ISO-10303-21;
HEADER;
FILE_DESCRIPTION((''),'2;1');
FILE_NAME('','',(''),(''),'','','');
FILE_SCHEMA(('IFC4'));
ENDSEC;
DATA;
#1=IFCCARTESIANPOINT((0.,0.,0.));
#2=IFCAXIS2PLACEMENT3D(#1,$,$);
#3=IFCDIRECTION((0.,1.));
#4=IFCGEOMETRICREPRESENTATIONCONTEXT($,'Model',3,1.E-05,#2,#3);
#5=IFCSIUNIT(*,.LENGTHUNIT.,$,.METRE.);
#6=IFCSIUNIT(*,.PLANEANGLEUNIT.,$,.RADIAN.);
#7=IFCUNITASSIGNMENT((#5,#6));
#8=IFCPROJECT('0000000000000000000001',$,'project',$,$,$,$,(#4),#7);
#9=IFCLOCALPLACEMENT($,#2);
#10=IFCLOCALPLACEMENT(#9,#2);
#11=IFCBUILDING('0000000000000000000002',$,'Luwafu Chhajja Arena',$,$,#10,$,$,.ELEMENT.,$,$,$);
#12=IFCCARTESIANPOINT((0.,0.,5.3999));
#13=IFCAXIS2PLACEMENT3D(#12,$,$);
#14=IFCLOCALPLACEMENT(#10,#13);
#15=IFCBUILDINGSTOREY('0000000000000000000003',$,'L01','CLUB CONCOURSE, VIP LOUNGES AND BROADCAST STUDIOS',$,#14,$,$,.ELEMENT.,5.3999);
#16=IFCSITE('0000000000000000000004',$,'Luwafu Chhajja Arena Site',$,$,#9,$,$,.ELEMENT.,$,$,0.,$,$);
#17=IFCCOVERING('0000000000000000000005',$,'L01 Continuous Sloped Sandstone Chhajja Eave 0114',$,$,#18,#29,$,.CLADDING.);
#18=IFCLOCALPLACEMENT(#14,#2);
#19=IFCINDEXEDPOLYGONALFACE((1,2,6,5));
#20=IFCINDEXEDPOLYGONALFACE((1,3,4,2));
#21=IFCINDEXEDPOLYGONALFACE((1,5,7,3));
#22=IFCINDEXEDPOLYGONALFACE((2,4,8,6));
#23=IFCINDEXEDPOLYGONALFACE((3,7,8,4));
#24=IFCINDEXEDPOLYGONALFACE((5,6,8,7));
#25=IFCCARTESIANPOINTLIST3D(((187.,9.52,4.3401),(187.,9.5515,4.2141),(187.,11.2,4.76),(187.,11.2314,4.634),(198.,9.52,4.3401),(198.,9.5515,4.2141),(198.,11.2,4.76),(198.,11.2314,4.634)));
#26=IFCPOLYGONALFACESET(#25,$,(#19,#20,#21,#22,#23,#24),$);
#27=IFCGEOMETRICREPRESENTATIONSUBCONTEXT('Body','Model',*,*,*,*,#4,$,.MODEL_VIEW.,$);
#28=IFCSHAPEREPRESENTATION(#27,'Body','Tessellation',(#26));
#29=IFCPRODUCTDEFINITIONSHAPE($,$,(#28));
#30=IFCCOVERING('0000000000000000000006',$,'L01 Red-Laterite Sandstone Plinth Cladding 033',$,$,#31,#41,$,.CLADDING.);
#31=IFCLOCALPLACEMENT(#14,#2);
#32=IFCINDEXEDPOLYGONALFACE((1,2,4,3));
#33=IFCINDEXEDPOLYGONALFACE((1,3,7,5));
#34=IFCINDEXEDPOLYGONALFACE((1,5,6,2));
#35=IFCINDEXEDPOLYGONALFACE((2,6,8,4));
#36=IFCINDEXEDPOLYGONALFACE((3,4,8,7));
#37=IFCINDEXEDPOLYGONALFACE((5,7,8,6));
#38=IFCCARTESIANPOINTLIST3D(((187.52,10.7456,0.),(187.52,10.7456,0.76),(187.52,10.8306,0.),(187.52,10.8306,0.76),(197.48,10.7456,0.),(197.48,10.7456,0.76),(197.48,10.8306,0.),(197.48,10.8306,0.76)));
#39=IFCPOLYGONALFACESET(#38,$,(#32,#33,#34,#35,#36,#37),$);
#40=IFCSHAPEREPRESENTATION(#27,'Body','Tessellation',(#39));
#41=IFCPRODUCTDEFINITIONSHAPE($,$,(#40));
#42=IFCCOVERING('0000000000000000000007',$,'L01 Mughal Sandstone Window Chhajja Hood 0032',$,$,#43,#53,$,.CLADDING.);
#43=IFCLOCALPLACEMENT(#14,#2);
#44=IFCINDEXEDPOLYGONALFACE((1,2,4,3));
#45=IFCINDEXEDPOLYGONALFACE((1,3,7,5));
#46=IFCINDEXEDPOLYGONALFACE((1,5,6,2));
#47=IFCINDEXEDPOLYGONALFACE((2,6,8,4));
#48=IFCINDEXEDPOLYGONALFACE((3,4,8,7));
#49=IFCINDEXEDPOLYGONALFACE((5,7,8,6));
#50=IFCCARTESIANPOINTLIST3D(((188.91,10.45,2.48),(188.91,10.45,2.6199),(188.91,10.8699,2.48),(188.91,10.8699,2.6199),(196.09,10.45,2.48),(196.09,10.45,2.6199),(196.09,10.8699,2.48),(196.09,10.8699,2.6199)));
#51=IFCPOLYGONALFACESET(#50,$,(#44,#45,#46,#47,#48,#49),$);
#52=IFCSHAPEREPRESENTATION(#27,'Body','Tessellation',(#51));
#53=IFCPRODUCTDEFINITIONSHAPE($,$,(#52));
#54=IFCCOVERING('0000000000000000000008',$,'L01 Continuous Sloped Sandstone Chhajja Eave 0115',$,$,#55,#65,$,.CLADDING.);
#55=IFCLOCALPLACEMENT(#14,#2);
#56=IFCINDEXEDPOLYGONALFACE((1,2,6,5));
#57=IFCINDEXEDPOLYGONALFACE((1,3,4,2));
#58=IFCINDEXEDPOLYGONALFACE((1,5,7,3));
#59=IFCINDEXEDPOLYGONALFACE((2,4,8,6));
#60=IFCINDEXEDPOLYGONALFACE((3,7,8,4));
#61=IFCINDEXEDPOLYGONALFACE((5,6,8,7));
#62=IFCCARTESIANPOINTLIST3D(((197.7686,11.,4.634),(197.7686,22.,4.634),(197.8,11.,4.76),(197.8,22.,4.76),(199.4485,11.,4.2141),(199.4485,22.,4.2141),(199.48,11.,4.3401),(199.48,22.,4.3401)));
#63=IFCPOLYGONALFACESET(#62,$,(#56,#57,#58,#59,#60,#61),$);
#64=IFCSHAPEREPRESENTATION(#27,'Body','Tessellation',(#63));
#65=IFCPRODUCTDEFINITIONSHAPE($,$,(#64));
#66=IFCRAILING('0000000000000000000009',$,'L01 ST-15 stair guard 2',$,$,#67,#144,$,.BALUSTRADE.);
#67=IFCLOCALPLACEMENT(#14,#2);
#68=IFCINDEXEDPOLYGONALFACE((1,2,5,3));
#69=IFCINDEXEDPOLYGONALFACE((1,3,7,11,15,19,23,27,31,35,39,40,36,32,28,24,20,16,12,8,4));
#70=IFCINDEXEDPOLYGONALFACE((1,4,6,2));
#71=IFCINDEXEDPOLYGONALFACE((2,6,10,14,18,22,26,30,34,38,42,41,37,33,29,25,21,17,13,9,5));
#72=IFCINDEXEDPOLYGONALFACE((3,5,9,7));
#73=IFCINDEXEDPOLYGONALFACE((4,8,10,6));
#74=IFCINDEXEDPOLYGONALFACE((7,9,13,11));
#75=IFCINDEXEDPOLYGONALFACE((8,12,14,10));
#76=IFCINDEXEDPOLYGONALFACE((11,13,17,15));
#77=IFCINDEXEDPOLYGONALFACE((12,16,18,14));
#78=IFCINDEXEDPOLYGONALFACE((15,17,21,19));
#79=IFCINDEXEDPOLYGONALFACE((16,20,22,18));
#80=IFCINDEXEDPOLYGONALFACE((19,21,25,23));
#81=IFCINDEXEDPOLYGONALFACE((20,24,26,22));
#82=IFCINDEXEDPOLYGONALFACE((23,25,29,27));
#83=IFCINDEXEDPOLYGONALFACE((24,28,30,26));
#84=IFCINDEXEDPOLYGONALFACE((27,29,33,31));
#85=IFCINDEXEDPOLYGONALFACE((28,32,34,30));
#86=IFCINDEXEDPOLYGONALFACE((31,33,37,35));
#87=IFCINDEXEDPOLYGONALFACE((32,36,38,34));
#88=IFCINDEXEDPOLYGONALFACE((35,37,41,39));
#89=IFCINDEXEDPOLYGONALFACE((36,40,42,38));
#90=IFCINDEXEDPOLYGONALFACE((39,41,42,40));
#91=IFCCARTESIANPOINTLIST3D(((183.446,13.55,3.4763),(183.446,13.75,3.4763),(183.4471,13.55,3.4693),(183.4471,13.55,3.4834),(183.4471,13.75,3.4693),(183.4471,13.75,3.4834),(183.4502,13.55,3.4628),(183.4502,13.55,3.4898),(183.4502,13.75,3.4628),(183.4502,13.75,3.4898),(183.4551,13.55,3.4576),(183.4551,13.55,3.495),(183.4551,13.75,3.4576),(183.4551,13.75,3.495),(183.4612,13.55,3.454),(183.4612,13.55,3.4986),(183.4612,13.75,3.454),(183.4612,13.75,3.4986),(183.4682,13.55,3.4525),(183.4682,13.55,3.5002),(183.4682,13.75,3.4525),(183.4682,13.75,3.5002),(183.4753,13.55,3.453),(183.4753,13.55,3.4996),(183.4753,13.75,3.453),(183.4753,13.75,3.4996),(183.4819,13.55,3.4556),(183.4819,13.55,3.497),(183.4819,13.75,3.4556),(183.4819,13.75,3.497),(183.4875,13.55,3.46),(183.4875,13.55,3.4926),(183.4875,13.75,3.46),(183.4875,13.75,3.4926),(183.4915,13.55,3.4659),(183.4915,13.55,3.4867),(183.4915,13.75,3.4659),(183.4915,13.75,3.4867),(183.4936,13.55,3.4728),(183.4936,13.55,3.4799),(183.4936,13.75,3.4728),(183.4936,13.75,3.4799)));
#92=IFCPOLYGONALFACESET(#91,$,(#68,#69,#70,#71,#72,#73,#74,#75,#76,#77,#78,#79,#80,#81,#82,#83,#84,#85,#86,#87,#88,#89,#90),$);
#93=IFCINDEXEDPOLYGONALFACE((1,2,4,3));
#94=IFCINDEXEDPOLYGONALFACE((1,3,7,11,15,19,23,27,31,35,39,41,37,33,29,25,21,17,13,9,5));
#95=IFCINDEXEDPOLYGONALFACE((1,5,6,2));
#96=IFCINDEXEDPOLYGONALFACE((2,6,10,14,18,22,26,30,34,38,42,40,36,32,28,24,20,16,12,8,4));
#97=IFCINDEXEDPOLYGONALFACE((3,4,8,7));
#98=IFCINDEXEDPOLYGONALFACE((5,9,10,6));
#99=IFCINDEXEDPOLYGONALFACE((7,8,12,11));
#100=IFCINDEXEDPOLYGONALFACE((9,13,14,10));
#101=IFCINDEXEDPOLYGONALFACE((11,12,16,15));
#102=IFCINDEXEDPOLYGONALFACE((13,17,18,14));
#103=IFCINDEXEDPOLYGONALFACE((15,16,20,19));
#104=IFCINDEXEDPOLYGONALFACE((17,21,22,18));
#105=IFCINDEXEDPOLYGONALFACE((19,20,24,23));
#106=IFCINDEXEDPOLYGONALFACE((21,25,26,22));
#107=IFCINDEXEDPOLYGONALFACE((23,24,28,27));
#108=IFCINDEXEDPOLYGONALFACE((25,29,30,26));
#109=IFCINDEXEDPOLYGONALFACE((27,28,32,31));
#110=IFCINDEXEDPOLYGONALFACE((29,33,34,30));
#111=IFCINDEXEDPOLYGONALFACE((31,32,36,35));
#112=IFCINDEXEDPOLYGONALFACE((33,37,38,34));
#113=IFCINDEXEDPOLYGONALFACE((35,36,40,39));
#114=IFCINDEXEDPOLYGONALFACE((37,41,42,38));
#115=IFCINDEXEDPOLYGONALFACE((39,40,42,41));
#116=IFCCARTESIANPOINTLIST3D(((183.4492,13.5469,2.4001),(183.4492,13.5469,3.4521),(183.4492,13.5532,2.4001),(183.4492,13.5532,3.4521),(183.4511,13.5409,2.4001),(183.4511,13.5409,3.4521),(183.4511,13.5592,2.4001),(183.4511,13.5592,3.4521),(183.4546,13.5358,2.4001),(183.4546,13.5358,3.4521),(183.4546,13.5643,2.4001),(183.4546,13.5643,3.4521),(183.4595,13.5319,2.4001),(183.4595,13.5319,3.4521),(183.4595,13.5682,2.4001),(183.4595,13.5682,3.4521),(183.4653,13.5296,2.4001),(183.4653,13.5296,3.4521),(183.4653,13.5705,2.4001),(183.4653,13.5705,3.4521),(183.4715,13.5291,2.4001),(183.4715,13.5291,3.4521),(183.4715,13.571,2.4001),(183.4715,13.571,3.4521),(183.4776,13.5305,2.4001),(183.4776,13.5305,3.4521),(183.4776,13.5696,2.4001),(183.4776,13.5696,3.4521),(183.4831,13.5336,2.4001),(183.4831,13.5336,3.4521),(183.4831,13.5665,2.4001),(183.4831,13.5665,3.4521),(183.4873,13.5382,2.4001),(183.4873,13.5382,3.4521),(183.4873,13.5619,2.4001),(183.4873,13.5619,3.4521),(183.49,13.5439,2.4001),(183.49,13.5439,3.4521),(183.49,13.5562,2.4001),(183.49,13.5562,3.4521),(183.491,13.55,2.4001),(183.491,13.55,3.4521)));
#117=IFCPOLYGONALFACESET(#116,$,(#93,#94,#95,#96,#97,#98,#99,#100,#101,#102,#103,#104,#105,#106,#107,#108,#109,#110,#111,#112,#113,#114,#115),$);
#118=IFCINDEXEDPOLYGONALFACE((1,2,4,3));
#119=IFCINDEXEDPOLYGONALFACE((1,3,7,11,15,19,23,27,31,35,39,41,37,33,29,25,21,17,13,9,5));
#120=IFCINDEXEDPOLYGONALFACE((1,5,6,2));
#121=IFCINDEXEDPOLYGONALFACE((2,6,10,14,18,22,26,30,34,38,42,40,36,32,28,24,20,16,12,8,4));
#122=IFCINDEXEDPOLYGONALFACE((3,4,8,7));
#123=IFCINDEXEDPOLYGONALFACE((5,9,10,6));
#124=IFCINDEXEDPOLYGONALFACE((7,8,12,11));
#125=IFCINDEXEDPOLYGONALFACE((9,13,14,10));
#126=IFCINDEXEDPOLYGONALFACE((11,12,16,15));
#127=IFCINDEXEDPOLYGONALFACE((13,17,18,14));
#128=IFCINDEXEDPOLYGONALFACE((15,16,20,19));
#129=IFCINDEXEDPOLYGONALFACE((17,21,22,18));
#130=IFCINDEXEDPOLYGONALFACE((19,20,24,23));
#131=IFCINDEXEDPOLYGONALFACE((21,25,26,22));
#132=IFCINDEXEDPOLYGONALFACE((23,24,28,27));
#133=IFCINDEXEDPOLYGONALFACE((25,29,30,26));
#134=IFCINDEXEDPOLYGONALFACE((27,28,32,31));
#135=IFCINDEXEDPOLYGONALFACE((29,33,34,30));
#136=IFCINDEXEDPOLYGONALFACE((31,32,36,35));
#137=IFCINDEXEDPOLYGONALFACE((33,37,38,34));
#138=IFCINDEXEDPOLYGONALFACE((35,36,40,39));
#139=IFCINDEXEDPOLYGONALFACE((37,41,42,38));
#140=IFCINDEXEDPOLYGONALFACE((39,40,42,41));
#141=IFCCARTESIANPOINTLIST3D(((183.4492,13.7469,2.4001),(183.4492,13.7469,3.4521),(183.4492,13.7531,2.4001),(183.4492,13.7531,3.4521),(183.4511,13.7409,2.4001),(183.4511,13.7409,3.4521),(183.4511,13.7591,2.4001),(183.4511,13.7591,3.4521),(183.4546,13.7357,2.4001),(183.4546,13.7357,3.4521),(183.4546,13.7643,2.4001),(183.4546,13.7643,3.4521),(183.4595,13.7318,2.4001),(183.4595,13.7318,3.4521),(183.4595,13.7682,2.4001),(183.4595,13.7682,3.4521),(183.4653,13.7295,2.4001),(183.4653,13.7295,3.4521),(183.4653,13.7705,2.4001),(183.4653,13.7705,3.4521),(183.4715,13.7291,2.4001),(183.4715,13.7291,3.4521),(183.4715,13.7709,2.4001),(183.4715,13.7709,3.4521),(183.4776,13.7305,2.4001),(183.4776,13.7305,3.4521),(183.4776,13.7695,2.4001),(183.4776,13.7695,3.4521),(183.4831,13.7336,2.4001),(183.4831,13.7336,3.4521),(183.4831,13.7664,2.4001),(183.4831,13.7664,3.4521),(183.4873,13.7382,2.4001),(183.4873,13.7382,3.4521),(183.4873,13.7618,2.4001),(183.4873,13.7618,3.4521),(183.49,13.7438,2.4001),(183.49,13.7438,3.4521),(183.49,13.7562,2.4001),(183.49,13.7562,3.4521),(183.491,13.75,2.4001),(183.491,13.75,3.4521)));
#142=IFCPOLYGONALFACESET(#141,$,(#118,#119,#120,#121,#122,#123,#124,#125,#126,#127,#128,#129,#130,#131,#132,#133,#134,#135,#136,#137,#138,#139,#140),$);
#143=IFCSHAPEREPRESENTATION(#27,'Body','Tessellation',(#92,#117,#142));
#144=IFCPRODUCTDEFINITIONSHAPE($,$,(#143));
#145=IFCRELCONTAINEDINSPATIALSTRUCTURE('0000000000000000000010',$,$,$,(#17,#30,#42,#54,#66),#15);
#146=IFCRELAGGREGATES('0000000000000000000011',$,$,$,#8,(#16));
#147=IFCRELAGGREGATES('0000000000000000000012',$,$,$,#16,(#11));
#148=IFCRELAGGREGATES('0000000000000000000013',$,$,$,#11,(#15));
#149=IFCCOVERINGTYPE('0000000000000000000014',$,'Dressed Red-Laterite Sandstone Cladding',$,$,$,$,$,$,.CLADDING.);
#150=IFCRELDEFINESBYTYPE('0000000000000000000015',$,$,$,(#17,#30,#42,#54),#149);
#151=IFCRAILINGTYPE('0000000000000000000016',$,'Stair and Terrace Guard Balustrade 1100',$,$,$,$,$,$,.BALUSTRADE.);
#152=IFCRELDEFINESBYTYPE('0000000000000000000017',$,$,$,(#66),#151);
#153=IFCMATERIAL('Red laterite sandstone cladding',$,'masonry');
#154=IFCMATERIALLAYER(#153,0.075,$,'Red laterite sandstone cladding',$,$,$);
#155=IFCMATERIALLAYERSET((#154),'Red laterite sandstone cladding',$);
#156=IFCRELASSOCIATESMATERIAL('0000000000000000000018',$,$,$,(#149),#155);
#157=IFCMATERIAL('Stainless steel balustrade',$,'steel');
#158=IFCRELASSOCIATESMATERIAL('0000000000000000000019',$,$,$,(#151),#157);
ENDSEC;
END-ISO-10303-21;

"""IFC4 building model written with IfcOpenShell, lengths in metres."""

from ifc_helpers import new_model, si_unit, direction, frame, origin, origin_2d, place, context, subcontext, project, spatial, polyline, rectangle, circle, outline, extrude, material, layer, layer_set, type_object, element, save


model = new_model("IFC4")

# Units and contexts
model_context = context("Model", 3, precision=1e-05, world=origin(), true_north=direction((0.0, 1.0)))
body_context = subcontext(model_context, "Body", "Model", "MODEL_VIEW")
ifc_project = project(units=[si_unit("LENGTHUNIT", "METRE"), si_unit("PLANEANGLEUNIT", "RADIAN")], contexts=[model_context])

# Site, building, storey
site_placement = place(None, origin())
site = spatial("IfcSite", under=ifc_project, at=site_placement, Name="Luwafu Chhajja Arena Site", CompositionType="ELEMENT", RefElevation=0.0)
building_placement = place(site_placement, origin())
building = spatial("IfcBuilding", under=site, at=building_placement, Name="Luwafu Chhajja Arena", CompositionType="ELEMENT")
storey_placement = place(building_placement, frame((0.0, 0.0, 5.3999)))
storey = spatial("IfcBuildingStorey", under=building, at=storey_placement, Name="L01", Description="CLUB CONCOURSE, VIP LOUNGES AND BROADCAST STUDIOS", CompositionType="ELEMENT", Elevation=5.3999)

# Coverings
ifc_material_1 = material(Name="Red laterite sandstone cladding", Category="masonry")
ifc_layer_1 = layer(ifc_material_1, 0.075, Name="Red laterite sandstone cladding")
ifc_layer_set_1 = layer_set([ifc_layer_1], Name="Red laterite sandstone cladding")
covering_type = type_object("IfcCoveringType", Name="Dressed Red-Laterite Sandstone Cladding", PredefinedType="CLADDING", material=ifc_layer_set_1)
covering_1_placement = place(storey_placement, frame((187.0, 11.2, 4.76), z_axis=(0.0, -0.242502, 0.970151), x_axis=(1.0, 0.0, 0.0)))
element("IfcCovering", 1, at=covering_1_placement, inside=storey, type_object=covering_type, Name="L01 Continuous Sloped Sandstone Chhajja Eave 0114", PredefinedType="CLADDING", context=body_context, shape_type="SweptSolid", body=[
    extrude(outline(polyline([(0.0, 0.0), (11.0, 0.0), (11.0, -1.7316), (0.0, -1.7316), (0.0, 0.0)])), origin(), (0.0, 0.0, -1.0), 0.1299),
])
covering_2_placement = place(storey_placement, frame((192.5, 10.7881, 0.0), z_axis=(0.0, 0.0, 1.0), x_axis=(1.0, 0.0, 0.0)))
element("IfcCovering", 2, at=covering_2_placement, inside=storey, type_object=covering_type, Name="L01 Red-Laterite Sandstone Plinth Cladding 033", PredefinedType="CLADDING", context=body_context, shape_type="SweptSolid", body=[
    extrude(rectangle(XDim=9.96, YDim=0.085, at=origin_2d()), origin(), (0.0, 0.0, 1.0), 0.76),
])
covering_3_placement = place(storey_placement, frame((192.5, 10.6599, 2.48), z_axis=(0.0, 0.0, 1.0), x_axis=(1.0, 0.0, 0.0)))
element("IfcCovering", 3, at=covering_3_placement, inside=storey, type_object=covering_type, Name="L01 Mughal Sandstone Window Chhajja Hood 0032", PredefinedType="CLADDING", context=body_context, shape_type="SweptSolid", body=[
    extrude(rectangle(XDim=7.1799, YDim=0.4199, at=origin_2d()), origin(), (0.0, 0.0, 1.0), 0.1399),
])
covering_4_placement = place(storey_placement, frame((197.8, 11.0, 4.76), z_axis=(0.242502, 0.0, 0.970151), x_axis=(0.0, 1.0, 0.0)))
element("IfcCovering", 4, at=covering_4_placement, inside=storey, type_object=covering_type, Name="L01 Continuous Sloped Sandstone Chhajja Eave 0115", PredefinedType="CLADDING", context=body_context, shape_type="SweptSolid", body=[
    extrude(outline(polyline([(0.0, 0.0), (11.0, 0.0), (11.0, -1.7316), (0.0, -1.7316), (0.0, 0.0)])), origin(), (0.0, 0.0, -1.0), 0.1299),
])

# Railing
ifc_material_2 = material(Name="Stainless steel balustrade", Category="steel")
railing_type = type_object("IfcRailingType", Name="Stair and Terrace Guard Balustrade 1100", PredefinedType="BALUSTRADE", material=ifc_material_2)
railing_1_placement = place(storey_placement, frame((183.47, 13.55, 2.4001)))
element("IfcRailing", 5, at=railing_1_placement, inside=storey, type_object=railing_type, Name="L01 ST-15 stair guard 2", PredefinedType="BALUSTRADE", context=body_context, shape_type="SweptSolid", body=[
    extrude(circle(Radius=0.0239, at=origin_2d()), frame((0.0, 0.0, 1.0762), z_axis=(0.0, 1.0, 0.0), x_axis=(-1.0, 0.0, 0.0)), (0.0, 0.0, 1.0), 0.2),
    extrude(circle(Radius=0.021, at=origin_2d()), origin(), (0.0, 0.0, 1.0), 1.052),
    extrude(circle(Radius=0.021, at=origin_2d()), frame((0.0, 0.2, 0.0)), (0.0, 0.0, 1.0), 1.052),
])

save(model, "model.ifc")
